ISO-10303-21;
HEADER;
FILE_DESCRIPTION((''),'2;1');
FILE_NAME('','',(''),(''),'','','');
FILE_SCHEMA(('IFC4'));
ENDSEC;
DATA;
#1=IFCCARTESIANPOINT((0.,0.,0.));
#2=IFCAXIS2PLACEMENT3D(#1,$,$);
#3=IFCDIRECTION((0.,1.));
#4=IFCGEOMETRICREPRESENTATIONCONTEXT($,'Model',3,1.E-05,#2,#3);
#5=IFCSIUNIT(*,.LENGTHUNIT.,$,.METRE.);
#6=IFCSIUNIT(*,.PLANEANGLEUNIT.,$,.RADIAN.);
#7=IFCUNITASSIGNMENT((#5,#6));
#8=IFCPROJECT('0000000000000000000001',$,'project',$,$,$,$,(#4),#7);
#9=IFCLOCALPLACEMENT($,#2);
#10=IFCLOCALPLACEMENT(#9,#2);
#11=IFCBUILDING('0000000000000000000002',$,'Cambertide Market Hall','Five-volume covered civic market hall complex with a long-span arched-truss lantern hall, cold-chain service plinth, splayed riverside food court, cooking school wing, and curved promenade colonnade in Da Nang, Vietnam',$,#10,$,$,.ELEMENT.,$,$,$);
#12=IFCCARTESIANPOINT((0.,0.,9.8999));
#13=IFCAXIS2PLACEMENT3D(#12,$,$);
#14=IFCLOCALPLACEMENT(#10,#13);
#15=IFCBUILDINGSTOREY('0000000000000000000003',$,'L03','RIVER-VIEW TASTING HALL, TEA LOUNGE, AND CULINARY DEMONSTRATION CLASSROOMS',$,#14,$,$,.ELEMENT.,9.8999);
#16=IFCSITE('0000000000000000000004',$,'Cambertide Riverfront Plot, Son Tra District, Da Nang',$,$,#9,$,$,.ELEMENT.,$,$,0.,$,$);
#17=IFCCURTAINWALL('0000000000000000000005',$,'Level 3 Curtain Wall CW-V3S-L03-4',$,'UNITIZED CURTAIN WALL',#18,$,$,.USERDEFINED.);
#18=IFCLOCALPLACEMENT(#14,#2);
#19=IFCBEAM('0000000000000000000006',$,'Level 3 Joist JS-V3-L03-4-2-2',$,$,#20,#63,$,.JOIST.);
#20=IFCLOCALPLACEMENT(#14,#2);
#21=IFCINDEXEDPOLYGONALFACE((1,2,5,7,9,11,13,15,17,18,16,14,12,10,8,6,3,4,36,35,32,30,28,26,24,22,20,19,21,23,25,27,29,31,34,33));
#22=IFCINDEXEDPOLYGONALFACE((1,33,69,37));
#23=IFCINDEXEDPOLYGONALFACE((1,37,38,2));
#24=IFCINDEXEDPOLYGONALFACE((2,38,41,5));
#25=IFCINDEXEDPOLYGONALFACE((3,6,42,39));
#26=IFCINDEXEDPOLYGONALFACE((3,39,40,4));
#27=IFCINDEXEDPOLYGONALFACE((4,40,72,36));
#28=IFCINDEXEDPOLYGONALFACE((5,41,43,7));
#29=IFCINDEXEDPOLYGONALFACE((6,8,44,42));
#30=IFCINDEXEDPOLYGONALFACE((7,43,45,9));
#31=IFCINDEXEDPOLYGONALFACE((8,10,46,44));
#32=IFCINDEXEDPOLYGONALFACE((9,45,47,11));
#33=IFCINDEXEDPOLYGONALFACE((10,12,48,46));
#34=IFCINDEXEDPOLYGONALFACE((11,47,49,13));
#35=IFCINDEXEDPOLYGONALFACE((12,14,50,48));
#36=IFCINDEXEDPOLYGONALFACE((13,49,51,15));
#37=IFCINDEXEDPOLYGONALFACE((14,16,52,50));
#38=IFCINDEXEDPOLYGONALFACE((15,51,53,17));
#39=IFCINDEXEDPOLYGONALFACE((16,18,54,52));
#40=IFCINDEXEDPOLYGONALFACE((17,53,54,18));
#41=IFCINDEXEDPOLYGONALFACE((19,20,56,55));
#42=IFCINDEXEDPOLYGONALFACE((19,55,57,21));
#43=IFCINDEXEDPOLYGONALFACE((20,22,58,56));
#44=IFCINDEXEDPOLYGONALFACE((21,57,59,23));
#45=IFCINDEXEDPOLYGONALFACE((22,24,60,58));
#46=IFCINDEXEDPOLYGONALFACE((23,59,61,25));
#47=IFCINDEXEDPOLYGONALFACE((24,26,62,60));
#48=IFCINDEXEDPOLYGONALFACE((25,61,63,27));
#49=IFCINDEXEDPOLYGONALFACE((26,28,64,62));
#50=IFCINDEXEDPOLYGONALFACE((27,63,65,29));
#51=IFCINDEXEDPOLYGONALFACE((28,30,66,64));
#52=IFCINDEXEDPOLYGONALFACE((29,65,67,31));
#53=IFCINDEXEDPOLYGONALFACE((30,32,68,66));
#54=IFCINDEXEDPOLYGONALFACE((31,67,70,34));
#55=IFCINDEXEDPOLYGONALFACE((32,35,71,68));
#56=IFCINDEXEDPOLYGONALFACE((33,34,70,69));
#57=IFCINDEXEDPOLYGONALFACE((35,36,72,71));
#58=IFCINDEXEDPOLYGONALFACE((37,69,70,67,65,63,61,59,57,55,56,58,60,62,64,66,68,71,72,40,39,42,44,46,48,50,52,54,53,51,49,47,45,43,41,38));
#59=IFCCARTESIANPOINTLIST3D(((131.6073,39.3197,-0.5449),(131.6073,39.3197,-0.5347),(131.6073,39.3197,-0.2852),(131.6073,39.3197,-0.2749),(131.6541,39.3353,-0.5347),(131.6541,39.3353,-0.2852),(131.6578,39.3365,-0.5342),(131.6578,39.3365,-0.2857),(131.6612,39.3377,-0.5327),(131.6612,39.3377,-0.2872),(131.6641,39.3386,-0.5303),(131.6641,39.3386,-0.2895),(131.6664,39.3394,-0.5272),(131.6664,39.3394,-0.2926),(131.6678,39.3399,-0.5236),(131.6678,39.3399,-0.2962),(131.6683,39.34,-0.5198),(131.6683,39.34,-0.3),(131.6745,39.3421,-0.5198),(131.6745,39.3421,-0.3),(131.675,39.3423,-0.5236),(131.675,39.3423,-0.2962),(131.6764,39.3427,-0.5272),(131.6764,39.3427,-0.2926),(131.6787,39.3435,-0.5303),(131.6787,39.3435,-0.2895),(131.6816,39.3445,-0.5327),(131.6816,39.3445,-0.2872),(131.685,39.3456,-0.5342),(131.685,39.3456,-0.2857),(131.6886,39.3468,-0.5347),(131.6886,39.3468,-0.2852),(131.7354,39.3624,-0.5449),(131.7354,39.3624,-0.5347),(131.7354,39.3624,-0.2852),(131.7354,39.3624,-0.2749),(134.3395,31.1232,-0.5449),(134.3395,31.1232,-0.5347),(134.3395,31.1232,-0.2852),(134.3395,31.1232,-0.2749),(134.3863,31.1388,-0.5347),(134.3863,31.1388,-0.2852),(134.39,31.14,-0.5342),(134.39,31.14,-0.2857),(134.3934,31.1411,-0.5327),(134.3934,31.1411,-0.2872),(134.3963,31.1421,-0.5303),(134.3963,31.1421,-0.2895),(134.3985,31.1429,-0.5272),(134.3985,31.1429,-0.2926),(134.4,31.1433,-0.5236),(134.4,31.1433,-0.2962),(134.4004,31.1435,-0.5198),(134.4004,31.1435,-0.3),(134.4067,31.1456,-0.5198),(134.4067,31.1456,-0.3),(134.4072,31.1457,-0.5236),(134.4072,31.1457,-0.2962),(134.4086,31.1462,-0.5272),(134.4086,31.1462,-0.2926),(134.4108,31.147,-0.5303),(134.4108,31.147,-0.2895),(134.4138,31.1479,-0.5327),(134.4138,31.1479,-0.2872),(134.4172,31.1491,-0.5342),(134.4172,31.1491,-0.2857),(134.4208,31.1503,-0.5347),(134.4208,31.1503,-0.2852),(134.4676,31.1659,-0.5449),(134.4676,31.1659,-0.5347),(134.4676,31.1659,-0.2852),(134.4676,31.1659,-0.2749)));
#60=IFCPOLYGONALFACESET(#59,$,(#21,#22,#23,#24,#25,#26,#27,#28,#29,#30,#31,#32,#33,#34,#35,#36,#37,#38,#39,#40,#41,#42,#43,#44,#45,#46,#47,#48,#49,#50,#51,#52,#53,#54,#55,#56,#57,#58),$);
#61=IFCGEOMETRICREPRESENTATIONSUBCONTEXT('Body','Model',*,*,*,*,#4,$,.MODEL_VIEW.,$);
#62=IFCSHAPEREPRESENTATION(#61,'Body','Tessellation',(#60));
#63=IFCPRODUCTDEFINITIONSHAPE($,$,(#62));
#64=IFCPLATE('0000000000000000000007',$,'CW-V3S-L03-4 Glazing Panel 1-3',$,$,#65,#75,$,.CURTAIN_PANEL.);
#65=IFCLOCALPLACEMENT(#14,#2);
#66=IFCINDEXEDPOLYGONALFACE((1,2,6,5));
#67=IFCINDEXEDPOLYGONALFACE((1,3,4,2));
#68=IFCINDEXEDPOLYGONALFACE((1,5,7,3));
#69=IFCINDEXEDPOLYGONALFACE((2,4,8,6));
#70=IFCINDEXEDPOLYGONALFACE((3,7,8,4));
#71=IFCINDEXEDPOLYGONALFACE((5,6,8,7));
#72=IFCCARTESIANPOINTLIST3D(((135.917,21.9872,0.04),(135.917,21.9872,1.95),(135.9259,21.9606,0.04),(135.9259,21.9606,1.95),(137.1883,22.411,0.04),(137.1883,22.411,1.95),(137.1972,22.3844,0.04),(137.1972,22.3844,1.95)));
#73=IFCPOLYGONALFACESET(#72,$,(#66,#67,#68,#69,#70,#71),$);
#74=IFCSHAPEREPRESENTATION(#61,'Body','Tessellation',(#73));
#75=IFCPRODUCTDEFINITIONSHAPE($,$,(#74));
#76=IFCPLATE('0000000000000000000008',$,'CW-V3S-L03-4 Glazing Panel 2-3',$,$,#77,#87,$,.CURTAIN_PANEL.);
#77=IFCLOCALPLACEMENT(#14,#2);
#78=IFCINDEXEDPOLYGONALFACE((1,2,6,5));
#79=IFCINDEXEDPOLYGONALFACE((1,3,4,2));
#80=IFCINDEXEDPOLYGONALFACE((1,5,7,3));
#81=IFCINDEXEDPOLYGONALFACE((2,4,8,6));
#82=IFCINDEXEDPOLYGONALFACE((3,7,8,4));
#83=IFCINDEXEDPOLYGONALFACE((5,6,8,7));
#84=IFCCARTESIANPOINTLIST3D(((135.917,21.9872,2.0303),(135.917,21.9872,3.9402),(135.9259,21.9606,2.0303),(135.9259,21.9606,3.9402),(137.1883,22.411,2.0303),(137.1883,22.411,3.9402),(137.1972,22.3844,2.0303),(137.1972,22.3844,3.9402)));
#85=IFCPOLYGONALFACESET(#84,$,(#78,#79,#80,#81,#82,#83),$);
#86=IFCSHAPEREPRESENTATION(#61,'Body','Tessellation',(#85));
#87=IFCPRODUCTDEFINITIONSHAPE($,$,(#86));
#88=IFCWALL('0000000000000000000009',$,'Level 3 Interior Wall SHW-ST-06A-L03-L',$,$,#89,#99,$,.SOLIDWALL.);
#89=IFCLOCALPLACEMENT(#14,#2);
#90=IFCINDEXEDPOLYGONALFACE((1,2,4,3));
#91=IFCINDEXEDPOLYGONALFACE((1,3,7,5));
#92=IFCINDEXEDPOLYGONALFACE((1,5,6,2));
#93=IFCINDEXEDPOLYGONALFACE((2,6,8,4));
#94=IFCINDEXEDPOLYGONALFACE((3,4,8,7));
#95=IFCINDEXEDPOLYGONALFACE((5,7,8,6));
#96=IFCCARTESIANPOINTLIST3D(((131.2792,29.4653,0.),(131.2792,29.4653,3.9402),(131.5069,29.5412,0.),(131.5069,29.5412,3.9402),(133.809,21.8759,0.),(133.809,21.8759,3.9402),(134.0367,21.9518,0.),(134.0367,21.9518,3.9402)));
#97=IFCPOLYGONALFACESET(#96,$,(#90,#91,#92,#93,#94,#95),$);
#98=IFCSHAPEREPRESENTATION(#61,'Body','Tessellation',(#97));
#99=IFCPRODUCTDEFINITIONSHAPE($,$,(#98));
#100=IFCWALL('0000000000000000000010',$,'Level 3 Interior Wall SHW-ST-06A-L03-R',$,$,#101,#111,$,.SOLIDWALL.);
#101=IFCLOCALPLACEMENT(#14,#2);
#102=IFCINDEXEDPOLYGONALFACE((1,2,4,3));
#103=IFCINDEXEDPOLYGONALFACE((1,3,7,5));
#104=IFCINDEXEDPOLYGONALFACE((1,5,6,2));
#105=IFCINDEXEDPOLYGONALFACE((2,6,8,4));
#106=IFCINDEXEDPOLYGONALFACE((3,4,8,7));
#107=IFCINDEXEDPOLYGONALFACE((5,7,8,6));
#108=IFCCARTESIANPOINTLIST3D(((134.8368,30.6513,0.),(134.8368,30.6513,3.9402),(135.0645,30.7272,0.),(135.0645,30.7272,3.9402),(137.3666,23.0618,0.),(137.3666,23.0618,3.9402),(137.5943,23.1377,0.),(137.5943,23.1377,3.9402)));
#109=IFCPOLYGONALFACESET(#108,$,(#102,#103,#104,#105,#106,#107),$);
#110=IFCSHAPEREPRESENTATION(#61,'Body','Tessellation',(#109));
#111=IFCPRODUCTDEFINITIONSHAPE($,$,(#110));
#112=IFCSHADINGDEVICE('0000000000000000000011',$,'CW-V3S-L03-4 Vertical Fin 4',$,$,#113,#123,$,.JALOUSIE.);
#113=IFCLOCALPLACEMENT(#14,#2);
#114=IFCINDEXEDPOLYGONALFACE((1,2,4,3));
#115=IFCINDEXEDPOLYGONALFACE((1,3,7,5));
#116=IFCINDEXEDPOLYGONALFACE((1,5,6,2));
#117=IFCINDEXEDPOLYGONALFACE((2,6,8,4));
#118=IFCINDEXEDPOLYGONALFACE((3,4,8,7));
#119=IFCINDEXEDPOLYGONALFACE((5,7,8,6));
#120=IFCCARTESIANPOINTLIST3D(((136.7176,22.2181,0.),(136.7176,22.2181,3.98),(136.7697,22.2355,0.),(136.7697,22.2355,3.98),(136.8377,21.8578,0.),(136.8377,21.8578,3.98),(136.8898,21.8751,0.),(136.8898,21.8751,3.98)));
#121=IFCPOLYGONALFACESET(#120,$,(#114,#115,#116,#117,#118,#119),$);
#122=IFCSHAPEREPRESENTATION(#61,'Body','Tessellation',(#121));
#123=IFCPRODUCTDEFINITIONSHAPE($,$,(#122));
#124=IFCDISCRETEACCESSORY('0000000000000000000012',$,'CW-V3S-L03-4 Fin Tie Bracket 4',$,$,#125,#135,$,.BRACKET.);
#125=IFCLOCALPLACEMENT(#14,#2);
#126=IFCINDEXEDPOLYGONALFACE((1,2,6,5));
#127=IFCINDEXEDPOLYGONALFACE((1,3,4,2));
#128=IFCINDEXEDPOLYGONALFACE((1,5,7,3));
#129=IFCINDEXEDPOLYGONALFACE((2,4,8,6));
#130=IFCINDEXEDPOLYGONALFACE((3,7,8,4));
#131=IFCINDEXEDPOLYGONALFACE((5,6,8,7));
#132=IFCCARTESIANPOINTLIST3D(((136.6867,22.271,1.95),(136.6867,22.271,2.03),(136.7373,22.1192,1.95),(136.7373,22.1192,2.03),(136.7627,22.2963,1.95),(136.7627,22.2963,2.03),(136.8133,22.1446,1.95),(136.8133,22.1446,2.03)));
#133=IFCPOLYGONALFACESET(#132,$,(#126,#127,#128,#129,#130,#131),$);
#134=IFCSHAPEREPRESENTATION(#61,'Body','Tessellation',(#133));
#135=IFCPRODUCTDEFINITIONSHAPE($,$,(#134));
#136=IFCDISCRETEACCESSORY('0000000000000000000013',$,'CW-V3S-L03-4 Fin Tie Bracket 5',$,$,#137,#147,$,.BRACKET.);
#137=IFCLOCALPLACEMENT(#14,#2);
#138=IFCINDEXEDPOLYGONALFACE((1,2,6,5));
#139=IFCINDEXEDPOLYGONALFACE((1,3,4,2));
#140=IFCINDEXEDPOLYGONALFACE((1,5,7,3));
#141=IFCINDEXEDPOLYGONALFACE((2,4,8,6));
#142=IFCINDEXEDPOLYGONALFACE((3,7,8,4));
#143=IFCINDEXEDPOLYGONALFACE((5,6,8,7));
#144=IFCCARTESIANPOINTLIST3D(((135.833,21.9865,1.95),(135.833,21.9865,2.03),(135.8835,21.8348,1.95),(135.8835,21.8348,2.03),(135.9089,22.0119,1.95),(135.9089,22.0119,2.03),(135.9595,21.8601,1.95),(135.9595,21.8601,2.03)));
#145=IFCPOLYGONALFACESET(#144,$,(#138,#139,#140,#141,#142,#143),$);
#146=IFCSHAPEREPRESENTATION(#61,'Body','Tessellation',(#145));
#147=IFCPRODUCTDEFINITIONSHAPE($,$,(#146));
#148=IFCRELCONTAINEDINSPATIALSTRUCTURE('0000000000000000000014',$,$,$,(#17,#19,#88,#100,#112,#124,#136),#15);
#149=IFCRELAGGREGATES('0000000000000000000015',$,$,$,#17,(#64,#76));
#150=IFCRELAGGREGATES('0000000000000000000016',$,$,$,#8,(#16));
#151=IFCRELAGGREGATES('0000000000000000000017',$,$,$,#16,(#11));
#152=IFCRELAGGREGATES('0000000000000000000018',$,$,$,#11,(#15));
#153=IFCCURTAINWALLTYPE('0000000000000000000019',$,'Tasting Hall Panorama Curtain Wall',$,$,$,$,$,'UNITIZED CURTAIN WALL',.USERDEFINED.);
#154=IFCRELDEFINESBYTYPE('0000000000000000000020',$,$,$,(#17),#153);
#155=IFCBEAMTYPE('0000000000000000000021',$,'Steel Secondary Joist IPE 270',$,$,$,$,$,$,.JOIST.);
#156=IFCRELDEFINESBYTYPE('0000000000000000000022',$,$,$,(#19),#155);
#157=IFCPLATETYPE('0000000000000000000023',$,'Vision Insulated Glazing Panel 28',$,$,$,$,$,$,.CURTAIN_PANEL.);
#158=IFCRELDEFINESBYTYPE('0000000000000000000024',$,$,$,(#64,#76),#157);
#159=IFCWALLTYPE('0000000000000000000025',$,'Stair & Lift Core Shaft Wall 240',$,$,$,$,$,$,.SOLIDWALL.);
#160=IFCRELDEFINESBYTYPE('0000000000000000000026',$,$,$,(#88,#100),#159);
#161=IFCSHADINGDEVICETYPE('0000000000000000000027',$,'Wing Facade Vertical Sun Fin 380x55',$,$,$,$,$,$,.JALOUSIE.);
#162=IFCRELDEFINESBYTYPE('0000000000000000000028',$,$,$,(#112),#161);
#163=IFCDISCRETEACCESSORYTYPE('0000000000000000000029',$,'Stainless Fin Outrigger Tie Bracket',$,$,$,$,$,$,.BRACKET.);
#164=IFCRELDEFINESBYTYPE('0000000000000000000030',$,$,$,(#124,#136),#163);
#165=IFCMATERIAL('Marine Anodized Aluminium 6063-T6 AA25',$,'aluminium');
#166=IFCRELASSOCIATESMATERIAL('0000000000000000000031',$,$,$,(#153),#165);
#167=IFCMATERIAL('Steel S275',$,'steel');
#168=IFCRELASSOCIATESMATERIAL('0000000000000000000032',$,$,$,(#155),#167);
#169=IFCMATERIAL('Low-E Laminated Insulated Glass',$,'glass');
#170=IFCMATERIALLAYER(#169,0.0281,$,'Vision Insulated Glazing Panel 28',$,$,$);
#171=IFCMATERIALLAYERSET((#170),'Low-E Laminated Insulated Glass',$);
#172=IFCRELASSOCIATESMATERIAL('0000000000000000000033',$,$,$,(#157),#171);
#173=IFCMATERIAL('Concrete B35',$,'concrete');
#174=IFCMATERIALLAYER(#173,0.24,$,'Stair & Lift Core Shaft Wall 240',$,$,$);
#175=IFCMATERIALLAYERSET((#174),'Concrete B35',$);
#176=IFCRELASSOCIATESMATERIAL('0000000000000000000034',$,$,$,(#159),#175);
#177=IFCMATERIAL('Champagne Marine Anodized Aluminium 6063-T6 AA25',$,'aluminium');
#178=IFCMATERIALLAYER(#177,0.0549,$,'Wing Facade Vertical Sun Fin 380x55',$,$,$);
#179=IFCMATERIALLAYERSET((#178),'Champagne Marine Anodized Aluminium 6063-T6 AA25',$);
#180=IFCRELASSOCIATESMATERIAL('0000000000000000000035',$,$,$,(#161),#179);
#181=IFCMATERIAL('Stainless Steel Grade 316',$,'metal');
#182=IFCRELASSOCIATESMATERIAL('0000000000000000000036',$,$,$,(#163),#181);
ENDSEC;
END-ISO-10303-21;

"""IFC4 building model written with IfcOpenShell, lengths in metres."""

from ifc_helpers import new_model, si_unit, direction, frame, frame_2d, origin, origin_2d, place, context, subcontext, project, spatial, rectangle, i_section, extrude, material, layer, layer_set, material_profile, profile_set, type_object, element, aggregate, save


model = new_model("IFC4")

# Units and contexts
model_context = context("Model", 3, precision=1e-05, world=origin(), true_north=direction((0.0, 1.0)))
body_context = subcontext(model_context, "Body", "Model", "MODEL_VIEW")
ifc_project = project(units=[si_unit("LENGTHUNIT", "METRE"), si_unit("PLANEANGLEUNIT", "RADIAN")], contexts=[model_context])

# Site, building, storey
site_placement = place(None, origin())
site = spatial("IfcSite", under=ifc_project, at=site_placement, Name="Cambertide Riverfront Plot, Son Tra District, Da Nang", CompositionType="ELEMENT", RefElevation=0.0)
building_placement = place(site_placement, origin())
building = spatial("IfcBuilding", under=site, at=building_placement, Name="Cambertide Market Hall", Description="Five-volume covered civic market hall complex with a long-span arched-truss lantern hall, cold-chain service plinth, splayed riverside food court, cooking school wing, and curved promenade colonnade in Da Nang, Vietnam", CompositionType="ELEMENT")
storey_placement = place(building_placement, frame((0.0, 0.0, 9.8999)))
storey = spatial("IfcBuildingStorey", under=building, at=storey_placement, Name="L03", Description="RIVER-VIEW TASTING HALL, TEA LOUNGE, AND CULINARY DEMONSTRATION CLASSROOMS", CompositionType="ELEMENT", Elevation=9.8999)

# Curtain wall
ifc_material_1 = material(Name="Marine Anodized Aluminium 6063-T6 AA25", Category="aluminium")
curtain_wall_type = type_object("IfcCurtainWallType", Name="Tasting Hall Panorama Curtain Wall", ElementType="UNITIZED CURTAIN WALL", PredefinedType="USERDEFINED", material=ifc_material_1)
curtain_wall_placement = place(storey_placement, origin())
curtain_wall = element("IfcCurtainWall", 1, at=curtain_wall_placement, inside=storey, type_object=curtain_wall_type, Name="Level 3 Curtain Wall CW-V3S-L03-4", ObjectType="UNITIZED CURTAIN WALL", PredefinedType="USERDEFINED")

# Beam
ifc_material_2 = material(Name="Steel S275", Category="steel")
ifc_material_profile_1 = material_profile(ifc_material_2, i_section(OverallWidth=0.135, OverallDepth=0.27, WebThickness=0.0066, FlangeThickness=0.0103, FilletRadius=0.0149, at=origin_2d()), Name="IPE 270")
ifc_profile_set_1 = profile_set([ifc_material_profile_1], Name="Steel S275")
beam_type_1 = type_object("IfcBeamType", Name="Steel Secondary Joist IPE 270", PredefinedType="JOIST", material=ifc_profile_set_1)
beam_1_placement = place(storey_placement, frame((134.4036, 31.1445, -0.4099), z_axis=(-0.316228, 0.948683, 0.0), x_axis=(-0.948683, -0.316228, 0.0)))
element("IfcBeam", 2, at=beam_1_placement, inside=storey, type_object=beam_type_1, Name="Level 3 Joist JS-V3-L03-4-2-2", PredefinedType="JOIST", context=body_context, shape_type="SweptSolid", body=[
    extrude(i_section(OverallWidth=0.135, OverallDepth=0.27, WebThickness=0.0066, FlangeThickness=0.0103, FilletRadius=0.0149, at=origin_2d()), origin(), (0.0, 0.0, 1.0), 8.6399),
])

# Plates
ifc_material_3 = material(Name="Low-E Laminated Insulated Glass", Category="glass")
ifc_layer_1 = layer(ifc_material_3, 0.0281, Name="Vision Insulated Glazing Panel 28")
ifc_layer_set_1 = layer_set([ifc_layer_1], Name="Low-E Laminated Insulated Glass")
plate_type = type_object("IfcPlateType", Name="Vision Insulated Glazing Panel 28", PredefinedType="CURTAIN_PANEL", material=ifc_layer_set_1)
plate_1_placement = place(storey_placement, frame((136.5571, 22.1858, 0.04), z_axis=(0.0, 0.0, 1.0), x_axis=(-0.948683, -0.316228, 0.0)))
plate_1 = element("IfcPlate", 3, at=plate_1_placement, type_object=plate_type, Name="CW-V3S-L03-4 Glazing Panel 1-3", PredefinedType="CURTAIN_PANEL", context=body_context, shape_type="SweptSolid", body=[
    extrude(rectangle(XDim=1.3401, YDim=0.0281, at=origin_2d()), origin(), (0.0, 0.0, 1.0), 1.9099),
])
plate_2_placement = place(storey_placement, frame((136.5571, 22.1858, 2.0303), z_axis=(0.0, 0.0, 1.0), x_axis=(-0.948683, -0.316228, 0.0)))
plate_2 = element("IfcPlate", 4, at=plate_2_placement, type_object=plate_type, Name="CW-V3S-L03-4 Glazing Panel 2-3", PredefinedType="CURTAIN_PANEL", context=body_context, shape_type="SweptSolid", body=[
    extrude(rectangle(XDim=1.3401, YDim=0.0281, at=origin_2d()), origin(), (0.0, 0.0, 1.0), 1.9099),
])
aggregate(curtain_wall, [plate_1, plate_2])

# Walls
ifc_material_4 = material(Name="Concrete B35", Category="concrete")
ifc_layer_2 = layer(ifc_material_4, 0.24, Name="Stair & Lift Core Shaft Wall 240")
ifc_layer_set_2 = layer_set([ifc_layer_2], Name="Concrete B35")
wall_type = type_object("IfcWallType", Name="Stair & Lift Core Shaft Wall 240", PredefinedType="SOLIDWALL", material=ifc_layer_set_2)
for number, where, z_axis, x_axis, name in (
    (5, (133.9229, 21.9138, 0.0), (0.0, 0.0, 1.0), (-0.316228, 0.948683, 0.0), "Level 3 Interior Wall SHW-ST-06A-L03-L"),
    (6, (134.9507, 30.6892, 0.0), (0.0, 0.0, 1.0), (0.316219, -0.948686, 0.0), "Level 3 Interior Wall SHW-ST-06A-L03-R"),
):
    element("IfcWall", number, at=place(storey_placement, frame(where, z_axis=z_axis, x_axis=x_axis)), inside=storey, type_object=wall_type, Name=name, PredefinedType="SOLIDWALL", context=body_context, shape_type="SweptSolid", body=[
        extrude(rectangle(XDim=8.0, YDim=0.24, at=frame_2d((4.0, 0.0))), origin(), (0.0, 0.0, 1.0), 3.9402),
    ])

# Shading device
ifc_material_5 = material(Name="Champagne Marine Anodized Aluminium 6063-T6 AA25", Category="aluminium")
ifc_layer_3 = layer(ifc_material_5, 0.0549, Name="Wing Facade Vertical Sun Fin 380x55")
ifc_layer_set_3 = layer_set([ifc_layer_3], Name="Champagne Marine Anodized Aluminium 6063-T6 AA25")
shading_device_type = type_object("IfcShadingDeviceType", Name="Wing Facade Vertical Sun Fin 380x55", PredefinedType="JALOUSIE", material=ifc_layer_set_3)
shading_device_placement = place(storey_placement, frame((136.8037, 22.0466, 0.0), z_axis=(0.0, 0.0, 1.0), x_axis=(-0.948683, -0.316228, 0.0)))
element("IfcShadingDevice", 7, at=shading_device_placement, inside=storey, type_object=shading_device_type, Name="CW-V3S-L03-4 Vertical Fin 4", PredefinedType="JALOUSIE", context=body_context, shape_type="SweptSolid", body=[
    extrude(rectangle(XDim=0.0549, YDim=0.3799, at=origin_2d()), origin(), (0.0, 0.0, 1.0), 3.98),
])

# Discrete accessories
ifc_material_6 = material(Name="Stainless Steel Grade 316", Category="metal")
discrete_accessory_type = type_object("IfcDiscreteAccessoryType", Name="Stainless Fin Outrigger Tie Bracket", PredefinedType="BRACKET", material=ifc_material_6)
for number, where, z_axis, x_axis, name in (
    (8, (136.75, 22.2078, 1.95), (0.0, 0.0, 1.0), (-0.948683, -0.316228, 0.0), "CW-V3S-L03-4 Fin Tie Bracket 4"),
    (9, (135.8962, 21.9233, 1.95), (0.0, 0.0, 1.0), (-0.948683, -0.316228, 0.0), "CW-V3S-L03-4 Fin Tie Bracket 5"),
):
    element("IfcDiscreteAccessory", number, at=place(storey_placement, frame(where, z_axis=z_axis, x_axis=x_axis)), inside=storey, type_object=discrete_accessory_type, Name=name, PredefinedType="BRACKET", context=body_context, shape_type="SweptSolid", body=[
        extrude(rectangle(XDim=0.0801, YDim=0.1599, at=origin_2d()), origin(), (0.0, 0.0, 1.0), 0.0801),
    ])

save(model, "model.ifc")
